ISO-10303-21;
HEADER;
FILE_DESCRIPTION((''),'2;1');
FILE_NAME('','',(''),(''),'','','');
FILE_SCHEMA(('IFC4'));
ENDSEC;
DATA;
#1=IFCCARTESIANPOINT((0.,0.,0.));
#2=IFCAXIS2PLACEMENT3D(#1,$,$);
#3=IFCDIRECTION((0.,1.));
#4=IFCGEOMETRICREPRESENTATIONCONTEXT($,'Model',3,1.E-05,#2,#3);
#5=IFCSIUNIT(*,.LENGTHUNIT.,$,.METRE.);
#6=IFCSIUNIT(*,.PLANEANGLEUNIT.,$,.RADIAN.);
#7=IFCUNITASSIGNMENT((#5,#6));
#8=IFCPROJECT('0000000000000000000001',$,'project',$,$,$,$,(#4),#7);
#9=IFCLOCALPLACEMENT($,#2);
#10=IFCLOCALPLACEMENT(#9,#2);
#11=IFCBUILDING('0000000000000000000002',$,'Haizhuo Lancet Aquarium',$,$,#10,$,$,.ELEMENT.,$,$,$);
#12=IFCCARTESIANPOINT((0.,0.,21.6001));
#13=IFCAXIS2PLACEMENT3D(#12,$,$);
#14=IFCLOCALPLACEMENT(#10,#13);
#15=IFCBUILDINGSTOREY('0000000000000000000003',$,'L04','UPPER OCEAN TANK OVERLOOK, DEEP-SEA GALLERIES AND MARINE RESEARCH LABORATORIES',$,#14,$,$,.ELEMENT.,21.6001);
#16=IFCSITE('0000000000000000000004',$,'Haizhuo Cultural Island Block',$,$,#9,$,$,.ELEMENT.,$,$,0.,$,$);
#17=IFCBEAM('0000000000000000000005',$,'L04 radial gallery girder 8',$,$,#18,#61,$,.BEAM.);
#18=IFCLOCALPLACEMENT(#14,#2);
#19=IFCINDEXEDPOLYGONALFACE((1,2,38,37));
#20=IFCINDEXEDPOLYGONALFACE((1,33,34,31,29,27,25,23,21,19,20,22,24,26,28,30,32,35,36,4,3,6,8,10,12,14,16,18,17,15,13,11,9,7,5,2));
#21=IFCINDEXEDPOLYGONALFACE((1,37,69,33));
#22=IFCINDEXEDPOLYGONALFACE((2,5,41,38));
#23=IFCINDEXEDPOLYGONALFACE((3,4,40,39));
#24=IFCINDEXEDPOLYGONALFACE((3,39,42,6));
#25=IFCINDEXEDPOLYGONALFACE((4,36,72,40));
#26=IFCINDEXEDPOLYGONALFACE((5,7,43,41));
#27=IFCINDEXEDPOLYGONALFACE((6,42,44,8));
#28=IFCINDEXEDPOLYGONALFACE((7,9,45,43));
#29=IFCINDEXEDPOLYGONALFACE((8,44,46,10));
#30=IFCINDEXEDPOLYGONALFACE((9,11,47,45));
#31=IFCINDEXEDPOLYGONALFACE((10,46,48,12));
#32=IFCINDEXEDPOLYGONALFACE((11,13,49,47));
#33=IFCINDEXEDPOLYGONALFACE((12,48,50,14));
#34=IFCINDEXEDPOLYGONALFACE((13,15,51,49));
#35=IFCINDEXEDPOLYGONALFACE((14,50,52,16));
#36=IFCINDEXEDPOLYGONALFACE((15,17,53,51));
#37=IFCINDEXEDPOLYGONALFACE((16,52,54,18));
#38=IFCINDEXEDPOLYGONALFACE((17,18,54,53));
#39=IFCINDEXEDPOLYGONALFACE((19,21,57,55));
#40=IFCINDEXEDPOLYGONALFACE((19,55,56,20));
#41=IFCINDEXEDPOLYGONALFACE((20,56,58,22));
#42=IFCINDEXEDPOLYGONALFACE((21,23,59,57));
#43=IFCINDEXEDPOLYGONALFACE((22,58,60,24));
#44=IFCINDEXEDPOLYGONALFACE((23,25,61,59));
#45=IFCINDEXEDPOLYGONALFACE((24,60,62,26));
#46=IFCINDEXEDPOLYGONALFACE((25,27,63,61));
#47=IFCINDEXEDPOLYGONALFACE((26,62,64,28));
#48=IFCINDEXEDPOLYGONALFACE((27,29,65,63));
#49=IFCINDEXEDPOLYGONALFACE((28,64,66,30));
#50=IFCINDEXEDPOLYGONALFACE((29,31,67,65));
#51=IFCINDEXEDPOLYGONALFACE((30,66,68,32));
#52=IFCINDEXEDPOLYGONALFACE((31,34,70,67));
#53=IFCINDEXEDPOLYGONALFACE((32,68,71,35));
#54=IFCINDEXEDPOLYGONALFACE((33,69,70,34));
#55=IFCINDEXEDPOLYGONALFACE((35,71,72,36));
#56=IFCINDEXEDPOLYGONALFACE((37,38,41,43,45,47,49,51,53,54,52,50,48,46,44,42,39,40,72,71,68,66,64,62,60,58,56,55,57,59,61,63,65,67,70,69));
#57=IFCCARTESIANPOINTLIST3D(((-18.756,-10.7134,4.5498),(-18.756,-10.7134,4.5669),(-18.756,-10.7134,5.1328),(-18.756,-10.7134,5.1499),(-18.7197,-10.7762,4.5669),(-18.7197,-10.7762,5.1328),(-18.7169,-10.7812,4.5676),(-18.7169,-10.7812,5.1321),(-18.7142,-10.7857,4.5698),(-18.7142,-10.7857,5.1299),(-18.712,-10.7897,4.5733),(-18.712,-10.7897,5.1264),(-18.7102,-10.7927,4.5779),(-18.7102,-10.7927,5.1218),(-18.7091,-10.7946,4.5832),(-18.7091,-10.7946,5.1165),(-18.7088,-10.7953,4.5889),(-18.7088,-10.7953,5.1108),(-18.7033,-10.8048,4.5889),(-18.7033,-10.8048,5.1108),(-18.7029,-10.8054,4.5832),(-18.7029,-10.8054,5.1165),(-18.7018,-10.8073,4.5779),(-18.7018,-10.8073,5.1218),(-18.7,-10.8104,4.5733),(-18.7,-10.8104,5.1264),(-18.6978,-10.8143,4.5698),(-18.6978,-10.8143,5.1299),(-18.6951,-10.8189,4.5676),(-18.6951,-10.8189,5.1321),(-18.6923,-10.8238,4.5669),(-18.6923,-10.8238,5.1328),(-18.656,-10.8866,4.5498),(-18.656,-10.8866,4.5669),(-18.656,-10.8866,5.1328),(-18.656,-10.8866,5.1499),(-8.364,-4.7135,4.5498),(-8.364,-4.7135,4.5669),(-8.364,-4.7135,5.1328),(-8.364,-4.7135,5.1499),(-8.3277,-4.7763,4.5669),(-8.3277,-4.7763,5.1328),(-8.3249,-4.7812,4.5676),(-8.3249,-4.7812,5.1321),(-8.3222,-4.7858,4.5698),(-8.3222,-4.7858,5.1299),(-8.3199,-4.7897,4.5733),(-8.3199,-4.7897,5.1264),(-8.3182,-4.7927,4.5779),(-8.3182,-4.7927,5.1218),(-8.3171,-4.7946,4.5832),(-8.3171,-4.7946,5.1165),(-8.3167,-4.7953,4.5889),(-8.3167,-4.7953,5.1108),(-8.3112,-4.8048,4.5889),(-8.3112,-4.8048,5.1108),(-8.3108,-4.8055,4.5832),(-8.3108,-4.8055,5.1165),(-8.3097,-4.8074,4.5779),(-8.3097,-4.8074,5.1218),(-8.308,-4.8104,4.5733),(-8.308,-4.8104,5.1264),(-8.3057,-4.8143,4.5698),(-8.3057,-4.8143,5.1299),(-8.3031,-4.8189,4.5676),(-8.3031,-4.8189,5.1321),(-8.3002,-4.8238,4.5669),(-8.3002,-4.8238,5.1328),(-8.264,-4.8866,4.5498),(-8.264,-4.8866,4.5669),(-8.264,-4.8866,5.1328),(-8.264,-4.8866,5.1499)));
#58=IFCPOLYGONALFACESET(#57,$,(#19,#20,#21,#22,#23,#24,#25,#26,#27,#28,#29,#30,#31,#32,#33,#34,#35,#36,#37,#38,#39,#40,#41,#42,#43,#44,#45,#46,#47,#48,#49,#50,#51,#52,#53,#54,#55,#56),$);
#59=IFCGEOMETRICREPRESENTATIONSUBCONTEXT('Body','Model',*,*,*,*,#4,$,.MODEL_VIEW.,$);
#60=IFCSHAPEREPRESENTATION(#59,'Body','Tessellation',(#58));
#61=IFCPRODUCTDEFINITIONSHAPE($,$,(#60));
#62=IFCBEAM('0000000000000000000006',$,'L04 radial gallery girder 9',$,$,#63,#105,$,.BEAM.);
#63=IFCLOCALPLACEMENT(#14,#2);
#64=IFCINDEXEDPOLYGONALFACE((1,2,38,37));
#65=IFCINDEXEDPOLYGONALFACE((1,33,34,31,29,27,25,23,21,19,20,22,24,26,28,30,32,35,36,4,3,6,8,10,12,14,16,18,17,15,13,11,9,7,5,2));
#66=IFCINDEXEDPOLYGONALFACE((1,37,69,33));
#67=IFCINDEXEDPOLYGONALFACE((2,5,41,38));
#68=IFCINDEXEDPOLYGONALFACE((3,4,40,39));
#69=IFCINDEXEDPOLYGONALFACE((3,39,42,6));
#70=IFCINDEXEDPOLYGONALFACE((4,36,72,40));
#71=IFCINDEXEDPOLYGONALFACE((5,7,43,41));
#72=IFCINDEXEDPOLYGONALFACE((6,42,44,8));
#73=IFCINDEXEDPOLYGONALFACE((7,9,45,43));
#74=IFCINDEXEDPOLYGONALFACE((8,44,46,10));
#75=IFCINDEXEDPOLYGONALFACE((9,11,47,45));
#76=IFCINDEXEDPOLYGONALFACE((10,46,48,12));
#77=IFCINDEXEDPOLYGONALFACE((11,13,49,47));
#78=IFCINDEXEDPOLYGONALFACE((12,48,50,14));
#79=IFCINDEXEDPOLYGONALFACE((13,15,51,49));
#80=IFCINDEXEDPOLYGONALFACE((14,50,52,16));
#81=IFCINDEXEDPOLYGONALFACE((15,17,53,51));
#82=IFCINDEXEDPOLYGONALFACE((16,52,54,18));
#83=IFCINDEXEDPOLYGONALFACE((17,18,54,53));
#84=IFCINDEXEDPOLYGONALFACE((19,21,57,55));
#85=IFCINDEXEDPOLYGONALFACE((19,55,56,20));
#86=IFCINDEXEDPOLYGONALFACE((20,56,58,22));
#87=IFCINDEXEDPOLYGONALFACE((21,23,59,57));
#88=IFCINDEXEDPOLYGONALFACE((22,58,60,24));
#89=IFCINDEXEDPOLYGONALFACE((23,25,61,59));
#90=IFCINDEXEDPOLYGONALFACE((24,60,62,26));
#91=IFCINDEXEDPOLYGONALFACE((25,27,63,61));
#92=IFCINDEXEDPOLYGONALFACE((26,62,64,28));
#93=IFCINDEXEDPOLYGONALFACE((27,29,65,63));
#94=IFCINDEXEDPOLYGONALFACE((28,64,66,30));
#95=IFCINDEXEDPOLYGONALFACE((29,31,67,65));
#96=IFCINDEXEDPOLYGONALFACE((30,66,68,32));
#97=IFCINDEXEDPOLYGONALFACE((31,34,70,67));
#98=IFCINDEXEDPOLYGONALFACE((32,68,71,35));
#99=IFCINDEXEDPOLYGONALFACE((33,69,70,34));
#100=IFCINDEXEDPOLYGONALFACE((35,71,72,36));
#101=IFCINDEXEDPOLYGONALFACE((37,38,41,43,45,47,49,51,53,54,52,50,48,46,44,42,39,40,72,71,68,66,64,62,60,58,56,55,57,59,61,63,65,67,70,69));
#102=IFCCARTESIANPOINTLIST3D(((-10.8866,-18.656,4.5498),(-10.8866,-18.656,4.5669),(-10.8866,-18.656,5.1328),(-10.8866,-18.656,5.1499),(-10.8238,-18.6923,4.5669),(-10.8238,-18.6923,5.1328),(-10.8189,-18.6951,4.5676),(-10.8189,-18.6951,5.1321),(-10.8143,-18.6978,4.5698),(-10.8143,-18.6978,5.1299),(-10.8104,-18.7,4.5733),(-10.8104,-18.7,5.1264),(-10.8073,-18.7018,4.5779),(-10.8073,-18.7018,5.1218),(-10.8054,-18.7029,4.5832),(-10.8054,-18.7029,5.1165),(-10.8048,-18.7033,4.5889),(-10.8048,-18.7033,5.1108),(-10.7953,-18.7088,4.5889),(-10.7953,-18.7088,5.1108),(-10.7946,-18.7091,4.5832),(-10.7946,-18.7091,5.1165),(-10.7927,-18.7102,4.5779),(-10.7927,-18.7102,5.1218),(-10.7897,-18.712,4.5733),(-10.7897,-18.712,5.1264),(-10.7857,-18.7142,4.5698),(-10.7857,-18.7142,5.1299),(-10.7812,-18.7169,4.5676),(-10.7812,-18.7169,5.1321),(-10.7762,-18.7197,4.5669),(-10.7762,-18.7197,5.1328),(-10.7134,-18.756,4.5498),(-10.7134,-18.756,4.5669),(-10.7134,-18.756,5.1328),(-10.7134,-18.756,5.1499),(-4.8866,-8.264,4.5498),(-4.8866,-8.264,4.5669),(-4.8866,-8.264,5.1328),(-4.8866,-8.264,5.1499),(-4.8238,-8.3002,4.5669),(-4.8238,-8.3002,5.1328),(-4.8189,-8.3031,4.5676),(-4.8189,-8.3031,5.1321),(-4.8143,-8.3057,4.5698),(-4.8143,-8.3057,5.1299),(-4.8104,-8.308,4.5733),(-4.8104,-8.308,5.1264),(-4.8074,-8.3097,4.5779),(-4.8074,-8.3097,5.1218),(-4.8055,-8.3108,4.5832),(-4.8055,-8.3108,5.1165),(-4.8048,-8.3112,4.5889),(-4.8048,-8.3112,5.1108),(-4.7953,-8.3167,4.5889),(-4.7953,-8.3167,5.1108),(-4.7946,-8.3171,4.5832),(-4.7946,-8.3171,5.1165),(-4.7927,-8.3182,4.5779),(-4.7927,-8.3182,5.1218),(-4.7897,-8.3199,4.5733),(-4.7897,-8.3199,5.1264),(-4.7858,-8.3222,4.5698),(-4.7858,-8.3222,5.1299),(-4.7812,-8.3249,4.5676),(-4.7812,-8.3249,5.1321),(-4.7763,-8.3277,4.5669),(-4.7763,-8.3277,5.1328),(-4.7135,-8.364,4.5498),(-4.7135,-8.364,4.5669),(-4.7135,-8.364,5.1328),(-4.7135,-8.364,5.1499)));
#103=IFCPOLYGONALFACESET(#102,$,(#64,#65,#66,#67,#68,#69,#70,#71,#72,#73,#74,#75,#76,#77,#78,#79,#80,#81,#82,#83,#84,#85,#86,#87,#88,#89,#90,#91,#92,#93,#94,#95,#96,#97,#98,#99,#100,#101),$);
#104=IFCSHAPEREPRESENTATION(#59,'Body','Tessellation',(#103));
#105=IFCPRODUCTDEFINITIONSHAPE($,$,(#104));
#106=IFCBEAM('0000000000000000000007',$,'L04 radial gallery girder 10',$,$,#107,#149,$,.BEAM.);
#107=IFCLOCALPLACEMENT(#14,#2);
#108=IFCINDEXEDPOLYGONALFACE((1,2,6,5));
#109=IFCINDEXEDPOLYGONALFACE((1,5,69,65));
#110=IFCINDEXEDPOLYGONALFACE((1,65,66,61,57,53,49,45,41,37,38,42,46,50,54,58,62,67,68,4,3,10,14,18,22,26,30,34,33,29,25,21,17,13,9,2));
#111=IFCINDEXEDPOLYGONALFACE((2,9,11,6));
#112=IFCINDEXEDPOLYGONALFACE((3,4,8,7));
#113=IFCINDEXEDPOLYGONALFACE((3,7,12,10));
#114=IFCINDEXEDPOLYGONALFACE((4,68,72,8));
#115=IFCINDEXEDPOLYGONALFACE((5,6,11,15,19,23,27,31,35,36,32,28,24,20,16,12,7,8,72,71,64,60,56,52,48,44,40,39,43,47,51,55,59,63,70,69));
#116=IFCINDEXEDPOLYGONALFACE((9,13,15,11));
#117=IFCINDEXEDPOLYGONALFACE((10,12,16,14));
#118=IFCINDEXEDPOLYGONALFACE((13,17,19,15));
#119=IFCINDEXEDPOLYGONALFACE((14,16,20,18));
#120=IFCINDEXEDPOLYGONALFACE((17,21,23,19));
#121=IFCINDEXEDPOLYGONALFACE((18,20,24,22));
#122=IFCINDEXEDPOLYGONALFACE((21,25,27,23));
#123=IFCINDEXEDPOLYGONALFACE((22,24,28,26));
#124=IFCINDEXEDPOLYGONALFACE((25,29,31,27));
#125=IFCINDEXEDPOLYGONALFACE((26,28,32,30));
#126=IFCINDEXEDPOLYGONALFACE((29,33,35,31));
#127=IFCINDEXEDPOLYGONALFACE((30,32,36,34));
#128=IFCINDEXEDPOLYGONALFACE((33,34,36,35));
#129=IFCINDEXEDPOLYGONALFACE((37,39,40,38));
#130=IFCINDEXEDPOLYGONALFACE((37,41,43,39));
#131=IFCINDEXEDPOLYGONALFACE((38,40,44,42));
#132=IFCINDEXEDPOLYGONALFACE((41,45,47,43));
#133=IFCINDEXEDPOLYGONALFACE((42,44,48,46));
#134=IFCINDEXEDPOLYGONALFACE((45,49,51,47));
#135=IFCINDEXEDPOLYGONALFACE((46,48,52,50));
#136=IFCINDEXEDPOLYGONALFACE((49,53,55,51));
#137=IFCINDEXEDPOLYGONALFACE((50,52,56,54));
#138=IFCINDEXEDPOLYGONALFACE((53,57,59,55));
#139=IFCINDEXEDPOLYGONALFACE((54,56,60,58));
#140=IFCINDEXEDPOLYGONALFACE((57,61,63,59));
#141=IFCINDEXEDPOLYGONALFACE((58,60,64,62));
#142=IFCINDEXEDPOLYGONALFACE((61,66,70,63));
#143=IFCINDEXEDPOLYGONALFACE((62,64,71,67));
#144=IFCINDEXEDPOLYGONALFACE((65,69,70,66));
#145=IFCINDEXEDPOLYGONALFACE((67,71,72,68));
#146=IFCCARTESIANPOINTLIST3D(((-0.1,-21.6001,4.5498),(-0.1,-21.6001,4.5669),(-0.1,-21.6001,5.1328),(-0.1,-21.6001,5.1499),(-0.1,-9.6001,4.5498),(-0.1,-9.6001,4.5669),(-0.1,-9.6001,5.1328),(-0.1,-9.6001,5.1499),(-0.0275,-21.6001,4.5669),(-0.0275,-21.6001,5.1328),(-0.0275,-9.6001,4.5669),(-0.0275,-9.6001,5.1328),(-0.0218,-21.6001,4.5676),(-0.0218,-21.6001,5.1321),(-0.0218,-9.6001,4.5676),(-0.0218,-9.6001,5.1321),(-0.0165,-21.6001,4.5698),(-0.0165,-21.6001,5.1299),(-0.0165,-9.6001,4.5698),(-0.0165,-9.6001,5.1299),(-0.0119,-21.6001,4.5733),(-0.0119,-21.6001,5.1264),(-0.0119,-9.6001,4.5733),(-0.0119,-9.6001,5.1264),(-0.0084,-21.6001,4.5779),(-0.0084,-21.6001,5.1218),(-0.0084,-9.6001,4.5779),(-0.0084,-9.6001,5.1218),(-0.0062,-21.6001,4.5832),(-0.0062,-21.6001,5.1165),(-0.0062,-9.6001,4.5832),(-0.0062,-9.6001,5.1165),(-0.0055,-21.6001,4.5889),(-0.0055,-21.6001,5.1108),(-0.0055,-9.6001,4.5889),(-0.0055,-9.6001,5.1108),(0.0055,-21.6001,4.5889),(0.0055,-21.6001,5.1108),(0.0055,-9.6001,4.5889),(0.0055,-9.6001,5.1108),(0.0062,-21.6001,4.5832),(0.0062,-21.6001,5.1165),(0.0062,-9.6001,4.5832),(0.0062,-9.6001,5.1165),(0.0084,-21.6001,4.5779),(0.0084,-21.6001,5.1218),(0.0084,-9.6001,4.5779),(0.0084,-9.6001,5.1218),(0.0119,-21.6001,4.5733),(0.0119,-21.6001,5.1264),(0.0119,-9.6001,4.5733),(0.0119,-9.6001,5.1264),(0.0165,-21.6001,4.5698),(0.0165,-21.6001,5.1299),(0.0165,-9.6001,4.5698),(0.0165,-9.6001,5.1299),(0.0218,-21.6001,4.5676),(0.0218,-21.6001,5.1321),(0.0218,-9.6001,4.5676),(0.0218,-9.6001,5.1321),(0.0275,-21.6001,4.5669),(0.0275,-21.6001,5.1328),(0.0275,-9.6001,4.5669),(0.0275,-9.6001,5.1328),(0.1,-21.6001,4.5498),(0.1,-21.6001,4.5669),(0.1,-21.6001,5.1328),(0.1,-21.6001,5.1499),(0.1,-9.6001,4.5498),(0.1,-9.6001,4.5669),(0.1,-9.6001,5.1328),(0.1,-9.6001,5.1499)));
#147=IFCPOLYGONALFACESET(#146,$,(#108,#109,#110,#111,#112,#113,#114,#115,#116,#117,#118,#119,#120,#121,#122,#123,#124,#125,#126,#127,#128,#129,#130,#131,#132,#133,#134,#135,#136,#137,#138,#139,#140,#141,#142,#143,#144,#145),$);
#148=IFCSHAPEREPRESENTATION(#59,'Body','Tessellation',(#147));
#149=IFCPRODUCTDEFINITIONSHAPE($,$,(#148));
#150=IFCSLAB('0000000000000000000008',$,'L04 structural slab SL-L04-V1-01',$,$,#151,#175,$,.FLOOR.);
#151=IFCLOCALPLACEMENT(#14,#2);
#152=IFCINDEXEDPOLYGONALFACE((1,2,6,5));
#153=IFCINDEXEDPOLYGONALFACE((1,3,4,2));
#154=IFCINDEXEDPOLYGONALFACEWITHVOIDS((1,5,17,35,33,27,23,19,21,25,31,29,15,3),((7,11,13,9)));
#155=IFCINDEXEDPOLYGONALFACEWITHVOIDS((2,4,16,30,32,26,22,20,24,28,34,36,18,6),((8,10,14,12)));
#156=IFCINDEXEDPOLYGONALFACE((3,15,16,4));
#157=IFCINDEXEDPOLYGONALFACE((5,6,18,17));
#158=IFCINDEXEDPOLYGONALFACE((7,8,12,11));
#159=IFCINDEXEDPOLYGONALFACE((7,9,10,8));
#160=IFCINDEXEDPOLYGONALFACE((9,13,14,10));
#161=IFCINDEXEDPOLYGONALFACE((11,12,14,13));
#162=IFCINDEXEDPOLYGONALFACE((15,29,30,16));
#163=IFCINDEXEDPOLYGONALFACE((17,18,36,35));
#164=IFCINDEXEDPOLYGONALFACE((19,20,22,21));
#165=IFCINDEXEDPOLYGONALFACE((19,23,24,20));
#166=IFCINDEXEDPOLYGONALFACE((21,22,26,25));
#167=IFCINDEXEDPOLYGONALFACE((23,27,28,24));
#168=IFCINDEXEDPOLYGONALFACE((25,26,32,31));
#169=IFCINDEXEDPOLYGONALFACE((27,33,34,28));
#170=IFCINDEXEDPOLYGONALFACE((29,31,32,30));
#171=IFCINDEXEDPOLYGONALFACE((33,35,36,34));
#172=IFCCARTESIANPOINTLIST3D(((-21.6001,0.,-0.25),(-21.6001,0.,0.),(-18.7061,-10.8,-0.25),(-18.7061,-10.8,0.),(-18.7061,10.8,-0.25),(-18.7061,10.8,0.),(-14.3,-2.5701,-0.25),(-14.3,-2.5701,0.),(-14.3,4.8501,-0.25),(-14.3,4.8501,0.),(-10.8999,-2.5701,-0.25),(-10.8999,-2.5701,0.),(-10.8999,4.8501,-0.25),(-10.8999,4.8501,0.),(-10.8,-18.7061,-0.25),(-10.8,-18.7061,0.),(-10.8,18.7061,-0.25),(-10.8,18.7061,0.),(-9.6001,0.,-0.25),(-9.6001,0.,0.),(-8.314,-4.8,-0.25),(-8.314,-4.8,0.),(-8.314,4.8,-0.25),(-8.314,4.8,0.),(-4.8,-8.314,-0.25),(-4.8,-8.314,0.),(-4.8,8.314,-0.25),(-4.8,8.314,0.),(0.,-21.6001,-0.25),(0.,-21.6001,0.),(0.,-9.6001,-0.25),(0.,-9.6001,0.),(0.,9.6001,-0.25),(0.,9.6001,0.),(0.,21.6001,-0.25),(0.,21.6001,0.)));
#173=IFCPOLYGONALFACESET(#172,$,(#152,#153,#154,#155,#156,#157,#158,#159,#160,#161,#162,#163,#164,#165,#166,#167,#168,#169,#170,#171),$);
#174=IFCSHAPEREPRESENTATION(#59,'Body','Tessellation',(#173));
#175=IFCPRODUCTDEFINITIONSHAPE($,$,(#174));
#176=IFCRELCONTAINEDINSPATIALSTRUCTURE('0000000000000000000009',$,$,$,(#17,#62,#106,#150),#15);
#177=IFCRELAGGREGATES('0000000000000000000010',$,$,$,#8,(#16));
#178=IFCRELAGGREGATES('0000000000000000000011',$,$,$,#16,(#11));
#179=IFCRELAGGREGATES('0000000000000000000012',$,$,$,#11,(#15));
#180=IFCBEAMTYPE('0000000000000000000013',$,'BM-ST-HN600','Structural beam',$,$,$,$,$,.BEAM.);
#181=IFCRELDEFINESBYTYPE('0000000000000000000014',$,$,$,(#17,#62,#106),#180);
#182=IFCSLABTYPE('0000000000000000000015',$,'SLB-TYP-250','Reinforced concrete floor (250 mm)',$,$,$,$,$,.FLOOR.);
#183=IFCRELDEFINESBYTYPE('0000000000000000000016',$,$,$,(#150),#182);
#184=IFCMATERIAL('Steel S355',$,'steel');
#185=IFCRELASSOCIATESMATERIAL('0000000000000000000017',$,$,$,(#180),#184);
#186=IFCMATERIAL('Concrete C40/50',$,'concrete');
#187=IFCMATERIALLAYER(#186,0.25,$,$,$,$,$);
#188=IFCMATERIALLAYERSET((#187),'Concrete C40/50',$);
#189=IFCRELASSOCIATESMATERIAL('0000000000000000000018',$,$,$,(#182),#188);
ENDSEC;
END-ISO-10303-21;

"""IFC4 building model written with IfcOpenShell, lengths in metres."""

from ifc_helpers import new_model, si_unit, direction, frame, origin, origin_2d, place, context, subcontext, project, spatial, polyline, i_section, outline, extrude, material, layer, layer_set, material_profile, profile_set, type_object, element, save


model = new_model("IFC4")

# Units and contexts
model_context = context("Model", 3, precision=1e-05, world=origin(), true_north=direction((0.0, 1.0)))
body_context = subcontext(model_context, "Body", "Model", "MODEL_VIEW")
ifc_project = project(units=[si_unit("LENGTHUNIT", "METRE"), si_unit("PLANEANGLEUNIT", "RADIAN")], contexts=[model_context])

# Site, building, storey
site_placement = place(None, origin())
site = spatial("IfcSite", under=ifc_project, at=site_placement, Name="Haizhuo Cultural Island Block", CompositionType="ELEMENT", RefElevation=0.0)
building_placement = place(site_placement, origin())
building = spatial("IfcBuilding", under=site, at=building_placement, Name="Haizhuo Lancet Aquarium", CompositionType="ELEMENT")
storey_placement = place(building_placement, frame((0.0, 0.0, 21.6001)))
storey = spatial("IfcBuildingStorey", under=building, at=storey_placement, Name="L04", Description="UPPER OCEAN TANK OVERLOOK, DEEP-SEA GALLERIES AND MARINE RESEARCH LABORATORIES", CompositionType="ELEMENT", Elevation=21.6001)

# Beams
ifc_material_1 = material(Name="Concrete C40/50", Category="concrete")
ifc_material_2 = material(Name="Steel S355", Category="steel")
ifc_material_profile_1 = material_profile(ifc_material_2, i_section(OverallWidth=0.2, OverallDepth=0.6001, WebThickness=0.011, FlangeThickness=0.0171, FilletRadius=0.022, at=origin_2d()), Name="HN 600x200x11x17")
ifc_profile_set_1 = profile_set([ifc_material_profile_1], Name="Steel S355")
beam_type_1 = type_object("IfcBeamType", Name="BM-ST-HN600", Description="Structural beam", PredefinedType="BEAM", material=ifc_profile_set_1)
for number, where, z_axis, x_axis, name in (
    (1, (-8.314, -4.8, 4.8499), (-0.866021, -0.500008, 0.0), (0.500008, -0.866021, 0.0), "L04 radial gallery girder 8"),
    (2, (-4.8, -8.314, 4.8499), (-0.500008, -0.866021, 0.0), (0.866021, -0.500008, 0.0), "L04 radial gallery girder 9"),
):
    element("IfcBeam", number, at=place(storey_placement, frame(where, z_axis=z_axis, x_axis=x_axis)), inside=storey, type_object=beam_type_1, Name=name, PredefinedType="BEAM", context=body_context, shape_type="SweptSolid", body=[
        extrude(i_section(OverallWidth=0.2, OverallDepth=0.6001, WebThickness=0.011, FlangeThickness=0.0171, FilletRadius=0.022, at=origin_2d()), origin(), (0.0, 0.0, 1.0), 11.9998),
    ])
beam_placement = place(storey_placement, frame((0.0, -9.6001, 4.8499), z_axis=(0.0, -1.0, 0.0), x_axis=(1.0, 0.0, 0.0)))
element("IfcBeam", 3, at=beam_placement, inside=storey, type_object=beam_type_1, Name="L04 radial gallery girder 10", PredefinedType="BEAM", context=body_context, shape_type="SweptSolid", body=[
    extrude(i_section(OverallWidth=0.2, OverallDepth=0.6001, WebThickness=0.011, FlangeThickness=0.0171, FilletRadius=0.022, at=origin_2d()), origin(), (0.0, 0.0, 1.0), 12.0),
])

# Slab
ifc_layer_1 = layer(ifc_material_1, 0.25)
ifc_layer_set_1 = layer_set([ifc_layer_1], Name="Concrete C40/50")
slab_type = type_object("IfcSlabType", Name="SLB-TYP-250", Description="Reinforced concrete floor (250 mm)", PredefinedType="FLOOR", material=ifc_layer_set_1)
slab_1_placement = place(storey_placement, frame((0.0, 0.0, -0.25)))
element("IfcSlab", 4, at=slab_1_placement, inside=storey, type_object=slab_type, Name="L04 structural slab SL-L04-V1-01", PredefinedType="FLOOR", context=body_context, shape_type="SweptSolid", body=[
    extrude(outline(polyline([(0.0, -21.6001), (0.0, -9.6001), (-4.8, -8.314), (-8.314, -4.8), (-9.6001, 0.0), (-8.314, 4.8), (-4.8, 8.314), (0.0, 9.6001), (0.0, 21.6001), (-10.8, 18.7061), (-18.7061, 10.8), (-21.6001, 0.0), (-18.7061, -10.8), (-10.8, -18.7061), (0.0, -21.6001)]), holes=[polyline([(-14.3, 4.8501), (-14.3, -2.5701), (-10.8999, -2.5701), (-10.8999, 4.8501), (-14.3, 4.8501)])]), origin(), (0.0, 0.0, 1.0), 0.25),
])

save(model, "model.ifc")
